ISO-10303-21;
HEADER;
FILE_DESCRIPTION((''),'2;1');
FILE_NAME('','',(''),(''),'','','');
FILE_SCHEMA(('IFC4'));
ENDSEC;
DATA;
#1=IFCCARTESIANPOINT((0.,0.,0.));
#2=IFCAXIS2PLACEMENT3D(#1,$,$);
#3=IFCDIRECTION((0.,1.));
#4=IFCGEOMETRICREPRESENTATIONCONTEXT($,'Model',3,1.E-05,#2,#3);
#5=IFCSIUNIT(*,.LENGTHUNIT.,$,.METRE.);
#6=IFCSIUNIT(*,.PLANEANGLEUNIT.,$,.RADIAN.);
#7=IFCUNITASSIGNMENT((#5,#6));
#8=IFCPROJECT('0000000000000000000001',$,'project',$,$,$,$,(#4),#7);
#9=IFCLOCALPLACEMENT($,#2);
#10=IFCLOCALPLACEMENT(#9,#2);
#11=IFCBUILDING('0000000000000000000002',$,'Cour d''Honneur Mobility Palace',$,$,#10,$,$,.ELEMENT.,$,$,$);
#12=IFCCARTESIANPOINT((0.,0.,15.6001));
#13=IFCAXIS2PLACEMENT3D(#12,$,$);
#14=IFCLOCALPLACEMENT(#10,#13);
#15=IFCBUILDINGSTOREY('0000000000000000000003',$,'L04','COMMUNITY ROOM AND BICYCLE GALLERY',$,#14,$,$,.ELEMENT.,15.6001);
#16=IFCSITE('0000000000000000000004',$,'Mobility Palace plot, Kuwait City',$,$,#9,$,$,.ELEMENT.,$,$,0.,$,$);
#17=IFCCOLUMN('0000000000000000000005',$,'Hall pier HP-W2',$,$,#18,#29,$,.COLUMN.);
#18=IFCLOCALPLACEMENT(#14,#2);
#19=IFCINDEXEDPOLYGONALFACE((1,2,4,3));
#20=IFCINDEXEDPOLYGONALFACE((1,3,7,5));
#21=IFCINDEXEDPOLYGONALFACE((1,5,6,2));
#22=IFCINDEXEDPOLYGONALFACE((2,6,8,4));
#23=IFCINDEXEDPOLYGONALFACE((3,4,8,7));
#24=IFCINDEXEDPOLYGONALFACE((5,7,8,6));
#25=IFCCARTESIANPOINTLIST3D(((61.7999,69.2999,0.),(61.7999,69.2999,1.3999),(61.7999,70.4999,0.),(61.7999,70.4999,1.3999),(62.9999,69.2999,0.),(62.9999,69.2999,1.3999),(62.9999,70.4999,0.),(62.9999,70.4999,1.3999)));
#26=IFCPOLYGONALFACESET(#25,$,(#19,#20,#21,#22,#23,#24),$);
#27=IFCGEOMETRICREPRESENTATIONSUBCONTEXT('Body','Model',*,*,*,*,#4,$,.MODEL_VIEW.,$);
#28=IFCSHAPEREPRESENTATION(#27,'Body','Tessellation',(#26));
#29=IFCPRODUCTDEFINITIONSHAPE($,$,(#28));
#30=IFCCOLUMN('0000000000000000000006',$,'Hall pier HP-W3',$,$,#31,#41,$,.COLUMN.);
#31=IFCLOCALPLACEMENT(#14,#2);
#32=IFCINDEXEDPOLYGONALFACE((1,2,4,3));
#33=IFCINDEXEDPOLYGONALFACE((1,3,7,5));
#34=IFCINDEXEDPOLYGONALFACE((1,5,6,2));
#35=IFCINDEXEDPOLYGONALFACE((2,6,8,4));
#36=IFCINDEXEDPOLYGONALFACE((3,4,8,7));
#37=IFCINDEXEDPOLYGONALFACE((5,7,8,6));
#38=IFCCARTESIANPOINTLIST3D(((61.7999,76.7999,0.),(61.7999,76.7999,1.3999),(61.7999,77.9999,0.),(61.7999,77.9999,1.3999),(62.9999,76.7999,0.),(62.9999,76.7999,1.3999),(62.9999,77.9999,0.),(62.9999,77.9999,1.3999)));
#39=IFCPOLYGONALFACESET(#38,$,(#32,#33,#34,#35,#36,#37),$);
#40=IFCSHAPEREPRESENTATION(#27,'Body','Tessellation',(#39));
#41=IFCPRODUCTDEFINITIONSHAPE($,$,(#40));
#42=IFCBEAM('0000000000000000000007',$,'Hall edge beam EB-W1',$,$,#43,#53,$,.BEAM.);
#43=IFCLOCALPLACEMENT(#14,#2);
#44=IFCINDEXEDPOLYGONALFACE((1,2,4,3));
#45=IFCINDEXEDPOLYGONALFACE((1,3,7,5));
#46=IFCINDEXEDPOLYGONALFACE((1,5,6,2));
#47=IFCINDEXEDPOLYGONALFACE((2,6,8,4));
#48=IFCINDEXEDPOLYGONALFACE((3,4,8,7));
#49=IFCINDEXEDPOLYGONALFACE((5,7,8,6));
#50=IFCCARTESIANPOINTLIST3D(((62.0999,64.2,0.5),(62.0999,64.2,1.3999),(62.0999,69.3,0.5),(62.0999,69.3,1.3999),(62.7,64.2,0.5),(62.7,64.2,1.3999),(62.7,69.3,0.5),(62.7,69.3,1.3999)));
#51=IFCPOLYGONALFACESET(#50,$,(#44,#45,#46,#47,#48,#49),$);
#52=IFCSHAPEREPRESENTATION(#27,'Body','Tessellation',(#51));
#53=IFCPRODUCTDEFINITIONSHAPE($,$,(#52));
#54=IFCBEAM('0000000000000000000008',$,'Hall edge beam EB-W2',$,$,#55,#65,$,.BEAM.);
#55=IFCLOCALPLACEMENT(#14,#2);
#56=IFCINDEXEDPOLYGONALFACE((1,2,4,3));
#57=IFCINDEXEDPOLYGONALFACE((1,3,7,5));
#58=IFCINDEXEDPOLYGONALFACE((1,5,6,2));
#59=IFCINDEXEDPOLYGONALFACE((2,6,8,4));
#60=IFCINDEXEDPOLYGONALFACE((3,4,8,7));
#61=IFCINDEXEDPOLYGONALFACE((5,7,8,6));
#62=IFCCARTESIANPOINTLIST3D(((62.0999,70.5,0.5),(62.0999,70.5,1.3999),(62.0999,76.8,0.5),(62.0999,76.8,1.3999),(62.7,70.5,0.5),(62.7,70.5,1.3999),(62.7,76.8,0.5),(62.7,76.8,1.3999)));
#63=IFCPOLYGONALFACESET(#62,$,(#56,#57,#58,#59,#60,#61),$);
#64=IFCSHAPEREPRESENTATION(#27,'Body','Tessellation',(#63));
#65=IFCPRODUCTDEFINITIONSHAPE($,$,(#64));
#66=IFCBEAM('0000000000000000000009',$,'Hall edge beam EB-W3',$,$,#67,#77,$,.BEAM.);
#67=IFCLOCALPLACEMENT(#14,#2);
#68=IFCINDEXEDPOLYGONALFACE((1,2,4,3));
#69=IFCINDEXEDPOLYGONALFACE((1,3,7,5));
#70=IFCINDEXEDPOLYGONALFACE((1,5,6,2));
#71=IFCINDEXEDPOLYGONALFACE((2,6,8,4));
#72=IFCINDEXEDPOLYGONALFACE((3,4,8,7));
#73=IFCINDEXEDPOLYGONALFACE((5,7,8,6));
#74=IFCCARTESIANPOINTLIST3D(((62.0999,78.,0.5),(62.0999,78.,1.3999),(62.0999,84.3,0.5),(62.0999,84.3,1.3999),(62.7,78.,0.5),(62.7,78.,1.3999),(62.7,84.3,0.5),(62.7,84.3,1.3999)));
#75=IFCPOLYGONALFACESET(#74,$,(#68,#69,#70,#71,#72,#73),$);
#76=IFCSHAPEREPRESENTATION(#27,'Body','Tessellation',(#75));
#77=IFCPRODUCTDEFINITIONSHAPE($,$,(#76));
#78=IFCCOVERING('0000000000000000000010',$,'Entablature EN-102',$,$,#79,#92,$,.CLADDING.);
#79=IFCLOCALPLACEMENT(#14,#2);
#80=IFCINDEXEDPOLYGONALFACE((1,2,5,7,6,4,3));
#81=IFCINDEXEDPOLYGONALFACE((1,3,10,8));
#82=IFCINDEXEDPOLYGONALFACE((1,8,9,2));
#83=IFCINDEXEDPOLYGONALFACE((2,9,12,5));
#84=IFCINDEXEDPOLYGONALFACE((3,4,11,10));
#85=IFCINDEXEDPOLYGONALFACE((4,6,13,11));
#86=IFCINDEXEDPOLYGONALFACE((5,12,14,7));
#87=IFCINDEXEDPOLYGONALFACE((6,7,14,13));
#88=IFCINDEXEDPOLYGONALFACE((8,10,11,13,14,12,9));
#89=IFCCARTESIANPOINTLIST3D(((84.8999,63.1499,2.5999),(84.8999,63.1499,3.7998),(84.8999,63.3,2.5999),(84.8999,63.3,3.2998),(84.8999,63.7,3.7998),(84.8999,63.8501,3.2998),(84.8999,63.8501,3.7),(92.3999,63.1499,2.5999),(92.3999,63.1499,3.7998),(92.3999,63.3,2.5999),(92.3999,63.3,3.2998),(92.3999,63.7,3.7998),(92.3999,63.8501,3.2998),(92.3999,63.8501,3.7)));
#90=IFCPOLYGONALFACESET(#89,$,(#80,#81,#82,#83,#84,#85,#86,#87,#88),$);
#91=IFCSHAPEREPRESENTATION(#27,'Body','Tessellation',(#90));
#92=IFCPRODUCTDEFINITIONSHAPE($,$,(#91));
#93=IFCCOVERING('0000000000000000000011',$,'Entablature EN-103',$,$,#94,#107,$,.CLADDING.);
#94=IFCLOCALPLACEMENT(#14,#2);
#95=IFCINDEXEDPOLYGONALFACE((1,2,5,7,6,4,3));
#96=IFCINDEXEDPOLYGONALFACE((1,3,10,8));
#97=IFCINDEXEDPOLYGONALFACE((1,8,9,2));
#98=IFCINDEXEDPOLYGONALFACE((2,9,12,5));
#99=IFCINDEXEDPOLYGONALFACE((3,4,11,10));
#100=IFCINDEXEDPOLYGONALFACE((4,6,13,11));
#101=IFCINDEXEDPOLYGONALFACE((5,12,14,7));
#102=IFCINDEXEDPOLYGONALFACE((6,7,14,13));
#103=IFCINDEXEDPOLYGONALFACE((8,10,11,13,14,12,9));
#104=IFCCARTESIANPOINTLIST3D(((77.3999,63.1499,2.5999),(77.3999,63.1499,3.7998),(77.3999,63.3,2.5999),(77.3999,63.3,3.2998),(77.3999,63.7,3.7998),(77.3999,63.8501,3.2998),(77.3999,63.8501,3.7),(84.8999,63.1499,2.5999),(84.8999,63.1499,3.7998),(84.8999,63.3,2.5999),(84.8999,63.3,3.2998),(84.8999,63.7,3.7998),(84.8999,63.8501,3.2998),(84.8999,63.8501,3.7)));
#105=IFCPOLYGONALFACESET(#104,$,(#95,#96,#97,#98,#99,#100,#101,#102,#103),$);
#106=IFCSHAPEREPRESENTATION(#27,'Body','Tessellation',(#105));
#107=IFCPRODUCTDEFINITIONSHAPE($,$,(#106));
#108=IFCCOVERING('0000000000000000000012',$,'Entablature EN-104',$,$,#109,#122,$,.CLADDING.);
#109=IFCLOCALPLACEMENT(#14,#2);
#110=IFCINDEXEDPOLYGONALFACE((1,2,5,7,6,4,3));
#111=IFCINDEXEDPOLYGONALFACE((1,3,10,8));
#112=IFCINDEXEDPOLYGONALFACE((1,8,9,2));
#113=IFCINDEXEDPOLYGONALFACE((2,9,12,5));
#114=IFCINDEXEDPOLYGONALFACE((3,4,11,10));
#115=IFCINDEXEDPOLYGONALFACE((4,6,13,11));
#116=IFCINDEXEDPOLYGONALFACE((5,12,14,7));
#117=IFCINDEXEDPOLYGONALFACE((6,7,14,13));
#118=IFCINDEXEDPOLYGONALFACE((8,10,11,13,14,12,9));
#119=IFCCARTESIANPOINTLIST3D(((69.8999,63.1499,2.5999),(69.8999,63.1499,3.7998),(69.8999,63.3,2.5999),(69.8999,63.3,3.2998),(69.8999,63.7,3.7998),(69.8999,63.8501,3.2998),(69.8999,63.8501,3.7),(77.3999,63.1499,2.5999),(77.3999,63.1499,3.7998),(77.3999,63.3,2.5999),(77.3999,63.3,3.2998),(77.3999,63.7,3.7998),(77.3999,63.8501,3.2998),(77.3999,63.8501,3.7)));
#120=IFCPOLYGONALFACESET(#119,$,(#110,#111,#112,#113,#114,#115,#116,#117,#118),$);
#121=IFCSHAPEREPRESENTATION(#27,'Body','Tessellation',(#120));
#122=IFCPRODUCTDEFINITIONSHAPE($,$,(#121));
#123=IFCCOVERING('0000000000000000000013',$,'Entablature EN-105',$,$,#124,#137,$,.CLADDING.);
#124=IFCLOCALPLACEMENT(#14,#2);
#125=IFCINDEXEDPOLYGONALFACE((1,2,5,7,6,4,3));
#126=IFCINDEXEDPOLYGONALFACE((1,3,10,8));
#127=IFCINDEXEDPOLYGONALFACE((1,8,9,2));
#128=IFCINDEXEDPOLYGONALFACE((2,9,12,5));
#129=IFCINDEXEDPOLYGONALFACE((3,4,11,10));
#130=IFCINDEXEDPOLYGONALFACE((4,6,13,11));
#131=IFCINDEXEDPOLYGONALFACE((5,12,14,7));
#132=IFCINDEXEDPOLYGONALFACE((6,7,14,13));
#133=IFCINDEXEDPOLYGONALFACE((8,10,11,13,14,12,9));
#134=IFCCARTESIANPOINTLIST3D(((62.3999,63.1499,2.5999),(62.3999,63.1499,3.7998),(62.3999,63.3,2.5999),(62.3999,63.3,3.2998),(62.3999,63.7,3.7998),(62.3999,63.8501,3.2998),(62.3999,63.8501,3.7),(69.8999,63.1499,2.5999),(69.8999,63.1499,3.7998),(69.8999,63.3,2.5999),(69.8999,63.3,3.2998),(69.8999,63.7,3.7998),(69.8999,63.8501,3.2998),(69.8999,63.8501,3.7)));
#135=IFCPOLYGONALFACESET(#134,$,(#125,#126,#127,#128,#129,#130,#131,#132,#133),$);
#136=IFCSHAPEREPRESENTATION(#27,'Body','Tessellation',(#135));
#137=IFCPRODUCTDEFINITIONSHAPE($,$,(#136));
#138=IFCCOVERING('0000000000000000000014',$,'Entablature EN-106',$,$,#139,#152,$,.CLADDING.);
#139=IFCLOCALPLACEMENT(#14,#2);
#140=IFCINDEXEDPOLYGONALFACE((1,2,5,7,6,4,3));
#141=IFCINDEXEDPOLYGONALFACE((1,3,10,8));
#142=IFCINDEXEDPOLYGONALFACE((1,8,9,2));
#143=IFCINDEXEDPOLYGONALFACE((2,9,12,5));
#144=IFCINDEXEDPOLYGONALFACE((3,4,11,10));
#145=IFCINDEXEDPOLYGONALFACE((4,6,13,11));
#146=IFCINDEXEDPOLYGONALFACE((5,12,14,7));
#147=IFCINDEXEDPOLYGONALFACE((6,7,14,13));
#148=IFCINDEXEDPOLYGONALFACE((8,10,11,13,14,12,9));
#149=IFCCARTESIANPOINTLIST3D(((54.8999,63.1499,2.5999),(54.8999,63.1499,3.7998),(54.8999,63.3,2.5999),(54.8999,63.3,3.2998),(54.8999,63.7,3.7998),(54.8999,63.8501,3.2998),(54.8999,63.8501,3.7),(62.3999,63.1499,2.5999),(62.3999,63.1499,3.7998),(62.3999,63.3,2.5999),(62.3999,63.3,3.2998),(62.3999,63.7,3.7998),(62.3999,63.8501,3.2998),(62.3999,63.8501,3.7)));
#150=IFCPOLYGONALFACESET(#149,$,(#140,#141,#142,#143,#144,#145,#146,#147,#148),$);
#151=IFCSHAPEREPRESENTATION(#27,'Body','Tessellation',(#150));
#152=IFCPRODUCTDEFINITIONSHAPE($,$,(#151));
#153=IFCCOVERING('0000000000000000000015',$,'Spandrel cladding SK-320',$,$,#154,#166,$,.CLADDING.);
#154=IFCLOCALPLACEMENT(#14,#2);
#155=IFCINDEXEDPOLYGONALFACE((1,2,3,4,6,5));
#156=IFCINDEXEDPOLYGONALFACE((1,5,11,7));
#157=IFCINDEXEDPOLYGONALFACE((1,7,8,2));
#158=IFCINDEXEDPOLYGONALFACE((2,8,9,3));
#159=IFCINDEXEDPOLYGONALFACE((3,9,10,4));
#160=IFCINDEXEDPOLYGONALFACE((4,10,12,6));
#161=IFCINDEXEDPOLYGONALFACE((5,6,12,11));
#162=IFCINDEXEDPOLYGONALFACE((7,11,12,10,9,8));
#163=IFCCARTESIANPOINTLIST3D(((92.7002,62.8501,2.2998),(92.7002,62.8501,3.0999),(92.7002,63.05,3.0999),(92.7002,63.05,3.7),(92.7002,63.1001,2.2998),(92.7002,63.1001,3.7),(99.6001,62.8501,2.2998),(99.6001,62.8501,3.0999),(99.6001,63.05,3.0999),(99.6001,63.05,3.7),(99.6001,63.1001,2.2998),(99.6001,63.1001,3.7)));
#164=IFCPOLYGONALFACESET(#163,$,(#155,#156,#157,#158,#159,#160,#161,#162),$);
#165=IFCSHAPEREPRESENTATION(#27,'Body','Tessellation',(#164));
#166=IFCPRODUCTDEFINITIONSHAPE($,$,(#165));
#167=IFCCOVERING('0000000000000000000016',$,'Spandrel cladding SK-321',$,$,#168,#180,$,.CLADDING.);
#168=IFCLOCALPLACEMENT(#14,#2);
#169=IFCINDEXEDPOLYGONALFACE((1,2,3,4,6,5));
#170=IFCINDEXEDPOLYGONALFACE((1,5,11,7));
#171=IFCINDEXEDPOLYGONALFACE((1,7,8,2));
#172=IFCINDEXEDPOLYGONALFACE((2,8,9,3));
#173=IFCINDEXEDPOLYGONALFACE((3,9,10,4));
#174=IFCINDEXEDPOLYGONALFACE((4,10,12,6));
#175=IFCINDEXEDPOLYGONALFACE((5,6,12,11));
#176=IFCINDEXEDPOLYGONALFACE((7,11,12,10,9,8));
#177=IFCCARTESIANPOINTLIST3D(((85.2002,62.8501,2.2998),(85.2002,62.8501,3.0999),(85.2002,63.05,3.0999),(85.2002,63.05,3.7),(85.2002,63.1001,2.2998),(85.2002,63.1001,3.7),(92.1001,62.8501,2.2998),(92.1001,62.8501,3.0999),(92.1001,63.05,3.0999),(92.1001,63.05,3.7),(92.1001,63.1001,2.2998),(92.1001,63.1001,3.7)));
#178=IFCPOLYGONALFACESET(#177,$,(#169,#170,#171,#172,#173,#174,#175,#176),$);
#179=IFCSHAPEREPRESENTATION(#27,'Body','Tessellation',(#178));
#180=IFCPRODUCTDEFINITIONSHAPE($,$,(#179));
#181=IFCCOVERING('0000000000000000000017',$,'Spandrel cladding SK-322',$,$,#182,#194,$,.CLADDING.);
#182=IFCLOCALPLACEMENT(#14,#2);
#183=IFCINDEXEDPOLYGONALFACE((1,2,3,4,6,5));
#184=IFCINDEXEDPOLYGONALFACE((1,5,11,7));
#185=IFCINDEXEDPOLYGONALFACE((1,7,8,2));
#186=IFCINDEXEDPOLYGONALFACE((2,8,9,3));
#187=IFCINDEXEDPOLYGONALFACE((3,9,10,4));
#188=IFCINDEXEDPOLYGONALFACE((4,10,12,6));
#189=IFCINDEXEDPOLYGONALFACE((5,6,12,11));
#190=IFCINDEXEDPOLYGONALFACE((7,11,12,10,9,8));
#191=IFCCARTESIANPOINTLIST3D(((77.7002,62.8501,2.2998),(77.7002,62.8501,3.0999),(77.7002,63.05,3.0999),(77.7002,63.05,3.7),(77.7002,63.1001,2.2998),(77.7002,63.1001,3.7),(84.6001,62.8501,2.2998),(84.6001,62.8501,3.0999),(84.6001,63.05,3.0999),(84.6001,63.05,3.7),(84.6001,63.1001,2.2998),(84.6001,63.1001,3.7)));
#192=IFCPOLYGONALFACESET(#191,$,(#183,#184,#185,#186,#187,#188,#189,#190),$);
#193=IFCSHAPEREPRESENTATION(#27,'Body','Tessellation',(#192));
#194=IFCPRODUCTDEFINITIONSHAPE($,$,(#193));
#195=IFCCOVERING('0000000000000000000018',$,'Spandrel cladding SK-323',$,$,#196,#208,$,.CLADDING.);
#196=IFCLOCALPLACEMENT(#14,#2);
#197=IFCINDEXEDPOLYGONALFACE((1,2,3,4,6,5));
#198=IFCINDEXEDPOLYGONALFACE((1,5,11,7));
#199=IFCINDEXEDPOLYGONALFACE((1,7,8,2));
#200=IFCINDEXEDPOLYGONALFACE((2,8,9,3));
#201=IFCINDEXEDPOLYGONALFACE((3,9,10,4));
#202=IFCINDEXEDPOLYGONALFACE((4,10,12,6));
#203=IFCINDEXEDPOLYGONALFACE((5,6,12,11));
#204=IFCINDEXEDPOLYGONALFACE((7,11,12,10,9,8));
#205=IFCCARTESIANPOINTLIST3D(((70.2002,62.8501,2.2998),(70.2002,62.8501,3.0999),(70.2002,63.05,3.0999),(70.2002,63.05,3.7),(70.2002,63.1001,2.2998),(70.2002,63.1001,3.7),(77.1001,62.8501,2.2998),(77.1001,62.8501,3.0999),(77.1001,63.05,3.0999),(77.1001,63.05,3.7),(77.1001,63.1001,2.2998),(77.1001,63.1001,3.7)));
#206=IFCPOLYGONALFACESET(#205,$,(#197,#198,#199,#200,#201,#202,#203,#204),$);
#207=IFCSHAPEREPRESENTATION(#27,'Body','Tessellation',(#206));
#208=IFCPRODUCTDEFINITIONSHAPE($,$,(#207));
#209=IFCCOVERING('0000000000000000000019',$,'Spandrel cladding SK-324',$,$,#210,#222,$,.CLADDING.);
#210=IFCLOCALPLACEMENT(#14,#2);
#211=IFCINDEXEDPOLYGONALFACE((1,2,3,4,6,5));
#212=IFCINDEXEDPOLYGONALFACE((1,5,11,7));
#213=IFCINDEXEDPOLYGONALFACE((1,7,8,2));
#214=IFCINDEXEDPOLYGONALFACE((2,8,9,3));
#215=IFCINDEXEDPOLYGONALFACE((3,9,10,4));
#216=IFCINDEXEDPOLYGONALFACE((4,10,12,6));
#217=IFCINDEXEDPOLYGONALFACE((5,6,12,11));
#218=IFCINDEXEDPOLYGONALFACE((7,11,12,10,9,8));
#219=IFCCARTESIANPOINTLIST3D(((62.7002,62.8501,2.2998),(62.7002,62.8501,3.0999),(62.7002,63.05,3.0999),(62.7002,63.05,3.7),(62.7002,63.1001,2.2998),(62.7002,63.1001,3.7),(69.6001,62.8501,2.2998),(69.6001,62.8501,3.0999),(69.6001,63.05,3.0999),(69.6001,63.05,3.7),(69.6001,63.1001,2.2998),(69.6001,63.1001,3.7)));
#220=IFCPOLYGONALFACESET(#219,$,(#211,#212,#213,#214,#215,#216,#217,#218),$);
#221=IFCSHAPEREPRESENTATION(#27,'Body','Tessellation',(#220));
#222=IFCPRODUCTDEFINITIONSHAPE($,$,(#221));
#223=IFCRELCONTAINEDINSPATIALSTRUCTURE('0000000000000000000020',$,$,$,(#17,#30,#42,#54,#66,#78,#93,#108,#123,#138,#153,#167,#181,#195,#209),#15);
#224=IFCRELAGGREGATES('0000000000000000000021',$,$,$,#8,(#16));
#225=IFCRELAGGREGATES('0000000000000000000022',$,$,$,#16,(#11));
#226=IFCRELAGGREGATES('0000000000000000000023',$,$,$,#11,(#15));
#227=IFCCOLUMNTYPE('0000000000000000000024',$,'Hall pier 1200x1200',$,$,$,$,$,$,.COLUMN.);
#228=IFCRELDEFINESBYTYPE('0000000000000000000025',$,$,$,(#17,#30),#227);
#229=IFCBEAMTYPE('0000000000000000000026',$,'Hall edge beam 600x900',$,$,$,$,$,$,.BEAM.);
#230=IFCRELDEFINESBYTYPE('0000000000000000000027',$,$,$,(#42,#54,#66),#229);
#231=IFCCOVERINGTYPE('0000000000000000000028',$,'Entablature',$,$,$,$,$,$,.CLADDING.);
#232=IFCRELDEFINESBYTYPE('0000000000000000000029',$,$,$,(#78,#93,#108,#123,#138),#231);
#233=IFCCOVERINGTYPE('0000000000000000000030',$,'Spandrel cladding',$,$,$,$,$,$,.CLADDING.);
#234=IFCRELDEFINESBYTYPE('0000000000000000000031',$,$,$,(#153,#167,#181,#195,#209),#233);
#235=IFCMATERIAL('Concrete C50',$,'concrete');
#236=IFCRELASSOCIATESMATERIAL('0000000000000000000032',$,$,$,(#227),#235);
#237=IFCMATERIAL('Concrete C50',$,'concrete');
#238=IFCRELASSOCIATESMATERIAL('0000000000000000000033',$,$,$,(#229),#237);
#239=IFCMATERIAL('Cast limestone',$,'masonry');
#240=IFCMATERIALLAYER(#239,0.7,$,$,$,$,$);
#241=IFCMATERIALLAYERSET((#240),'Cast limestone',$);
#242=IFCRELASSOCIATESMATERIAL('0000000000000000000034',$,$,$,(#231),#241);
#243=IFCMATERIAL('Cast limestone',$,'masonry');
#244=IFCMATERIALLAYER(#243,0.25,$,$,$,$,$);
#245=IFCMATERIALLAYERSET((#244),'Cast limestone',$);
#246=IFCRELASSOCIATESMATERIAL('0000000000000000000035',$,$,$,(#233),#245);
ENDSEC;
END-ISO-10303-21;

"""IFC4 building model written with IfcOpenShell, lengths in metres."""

from ifc_helpers import new_model, si_unit, direction, frame, origin, origin_2d, place, context, subcontext, project, spatial, polyline, rectangle, outline, extrude, material, layer, layer_set, material_profile, profile_set, type_object, element, save


model = new_model("IFC4")

# Units and contexts
model_context = context("Model", 3, precision=1e-05, world=origin(), true_north=direction((0.0, 1.0)))
body_context = subcontext(model_context, "Body", "Model", "MODEL_VIEW")
ifc_project = project(units=[si_unit("LENGTHUNIT", "METRE"), si_unit("PLANEANGLEUNIT", "RADIAN")], contexts=[model_context])

# Site, building, storey
site_placement = place(None, origin())
site = spatial("IfcSite", under=ifc_project, at=site_placement, Name="Mobility Palace plot, Kuwait City", CompositionType="ELEMENT", RefElevation=0.0)
building_placement = place(site_placement, origin())
building = spatial("IfcBuilding", under=site, at=building_placement, Name="Cour d'Honneur Mobility Palace", CompositionType="ELEMENT")
storey_placement = place(building_placement, frame((0.0, 0.0, 15.6001)))
storey = spatial("IfcBuildingStorey", under=building, at=storey_placement, Name="L04", Description="COMMUNITY ROOM AND BICYCLE GALLERY", CompositionType="ELEMENT", Elevation=15.6001)

# Columns
ifc_material_1 = material(Name="Concrete C50", Category="concrete")
ifc_material_profile_1 = material_profile(ifc_material_1, rectangle(XDim=1.2, YDim=1.2, at=origin_2d()), Name="Hall pier 1200x1200")
ifc_profile_set_1 = profile_set([ifc_material_profile_1], Name="Concrete C50")
column_type = type_object("IfcColumnType", Name="Hall pier 1200x1200", PredefinedType="COLUMN", material=ifc_profile_set_1)
for number, where, z_axis, x_axis, name in (
    (1, (62.3999, 69.8999, 0.0), (0.0, 0.0, 1.0), (1.0, 0.0, 0.0), "Hall pier HP-W2"),
    (2, (62.3999, 77.3999, 0.0), (0.0, 0.0, 1.0), (1.0, 0.0, 0.0), "Hall pier HP-W3"),
):
    element("IfcColumn", number, at=place(storey_placement, frame(where, z_axis=z_axis, x_axis=x_axis)), inside=storey, type_object=column_type, Name=name, PredefinedType="COLUMN", context=body_context, shape_type="SweptSolid", body=[
        extrude(rectangle(XDim=1.2, YDim=1.2, at=origin_2d()), origin(), (0.0, 0.0, 1.0), 1.3999),
    ])

# Beams
ifc_material_2 = material(Name="Concrete C50", Category="concrete")
ifc_material_profile_2 = material_profile(ifc_material_2, rectangle(XDim=0.6001, YDim=0.8999, at=origin_2d()), Name="Hall edge beam 600x900")
ifc_profile_set_2 = profile_set([ifc_material_profile_2], Name="Concrete C50")
beam_type = type_object("IfcBeamType", Name="Hall edge beam 600x900", PredefinedType="BEAM", material=ifc_profile_set_2)
beam_placement = place(storey_placement, frame((62.3999, 64.2, 0.95), z_axis=(0.0, 1.0, 0.0), x_axis=(-1.0, 0.0, 0.0)))
element("IfcBeam", 3, at=beam_placement, inside=storey, type_object=beam_type, Name="Hall edge beam EB-W1", PredefinedType="BEAM", context=body_context, shape_type="SweptSolid", body=[
    extrude(rectangle(XDim=0.6001, YDim=0.8999, at=origin_2d()), origin(), (0.0, 0.0, 1.0), 5.1001),
])
for number, where, z_axis, x_axis, name in (
    (4, (62.3999, 70.5, 0.95), (0.0, 1.0, 0.0), (-1.0, 0.0, 0.0), "Hall edge beam EB-W2"),
    (5, (62.3999, 78.0, 0.95), (0.0, 1.0, 0.0), (-1.0, 0.0, 0.0), "Hall edge beam EB-W3"),
):
    element("IfcBeam", number, at=place(storey_placement, frame(where, z_axis=z_axis, x_axis=x_axis)), inside=storey, type_object=beam_type, Name=name, PredefinedType="BEAM", context=body_context, shape_type="SweptSolid", body=[
        extrude(rectangle(XDim=0.6001, YDim=0.8999, at=origin_2d()), origin(), (0.0, 0.0, 1.0), 6.3),
    ])

# Coverings
ifc_material_3 = material(Name="Cast limestone", Category="masonry")
ifc_layer_1 = layer(ifc_material_3, 0.7)
ifc_layer_set_1 = layer_set([ifc_layer_1], Name="Cast limestone")
covering_type_1 = type_object("IfcCoveringType", Name="Entablature", PredefinedType="CLADDING", material=ifc_layer_set_1)
for number, where, z_axis, x_axis, name in (
    (6, (92.3999, 63.1499, 2.5999), (1.0, 0.0, 0.0), (0.0, 1.0, 0.0), "Entablature EN-102"),
    (7, (84.8999, 63.1499, 2.5999), (1.0, 0.0, 0.0), (0.0, 1.0, 0.0), "Entablature EN-103"),
    (8, (77.3999, 63.1499, 2.5999), (1.0, 0.0, 0.0), (0.0, 1.0, 0.0), "Entablature EN-104"),
    (9, (69.8999, 63.1499, 2.5999), (1.0, 0.0, 0.0), (0.0, 1.0, 0.0), "Entablature EN-105"),
    (10, (62.3999, 63.1499, 2.5999), (1.0, 0.0, 0.0), (0.0, 1.0, 0.0), "Entablature EN-106"),
):
    element("IfcCovering", number, at=place(storey_placement, frame(where, z_axis=z_axis, x_axis=x_axis)), inside=storey, type_object=covering_type_1, Name=name, PredefinedType="CLADDING", context=body_context, shape_type="SweptSolid", body=[
        extrude(outline(polyline([(0.0, 0.0), (0.1501, 0.0), (0.1501, 0.7), (0.7002, 0.7), (0.7002, 1.1001), (0.55, 1.2), (0.0, 1.2), (0.0, 0.0)])), origin(), (0.0, 0.0, -1.0), 7.5),
    ])
ifc_material_4 = material(Name="Cast limestone", Category="masonry")
ifc_layer_2 = layer(ifc_material_4, 0.25)
ifc_layer_set_2 = layer_set([ifc_layer_2], Name="Cast limestone")
covering_type_2 = type_object("IfcCoveringType", Name="Spandrel cladding", PredefinedType="CLADDING", material=ifc_layer_set_2)
for number, where, z_axis, x_axis, name in (
    (11, (99.6001, 62.8501, 2.2998), (1.0, 0.0, 0.0), (0.0, 1.0, 0.0), "Spandrel cladding SK-320"),
    (12, (92.1001, 62.8501, 2.2998), (1.0, 0.0, 0.0), (0.0, 1.0, 0.0), "Spandrel cladding SK-321"),
    (13, (84.6001, 62.8501, 2.2998), (1.0, 0.0, 0.0), (0.0, 1.0, 0.0), "Spandrel cladding SK-322"),
    (14, (77.1001, 62.8501, 2.2998), (1.0, 0.0, 0.0), (0.0, 1.0, 0.0), "Spandrel cladding SK-323"),
    (15, (69.6001, 62.8501, 2.2998), (1.0, 0.0, 0.0), (0.0, 1.0, 0.0), "Spandrel cladding SK-324"),
):
    element("IfcCovering", number, at=place(storey_placement, frame(where, z_axis=z_axis, x_axis=x_axis)), inside=storey, type_object=covering_type_2, Name=name, PredefinedType="CLADDING", context=body_context, shape_type="SweptSolid", body=[
        extrude(outline(polyline([(0.0, 0.0), (0.25, 0.0), (0.25, 1.4001), (0.2, 1.4001), (0.2, 0.8), (0.0, 0.8), (0.0, 0.0)])), origin(), (0.0, 0.0, -1.0), 6.8999),
    ])

save(model, "model.ifc")
